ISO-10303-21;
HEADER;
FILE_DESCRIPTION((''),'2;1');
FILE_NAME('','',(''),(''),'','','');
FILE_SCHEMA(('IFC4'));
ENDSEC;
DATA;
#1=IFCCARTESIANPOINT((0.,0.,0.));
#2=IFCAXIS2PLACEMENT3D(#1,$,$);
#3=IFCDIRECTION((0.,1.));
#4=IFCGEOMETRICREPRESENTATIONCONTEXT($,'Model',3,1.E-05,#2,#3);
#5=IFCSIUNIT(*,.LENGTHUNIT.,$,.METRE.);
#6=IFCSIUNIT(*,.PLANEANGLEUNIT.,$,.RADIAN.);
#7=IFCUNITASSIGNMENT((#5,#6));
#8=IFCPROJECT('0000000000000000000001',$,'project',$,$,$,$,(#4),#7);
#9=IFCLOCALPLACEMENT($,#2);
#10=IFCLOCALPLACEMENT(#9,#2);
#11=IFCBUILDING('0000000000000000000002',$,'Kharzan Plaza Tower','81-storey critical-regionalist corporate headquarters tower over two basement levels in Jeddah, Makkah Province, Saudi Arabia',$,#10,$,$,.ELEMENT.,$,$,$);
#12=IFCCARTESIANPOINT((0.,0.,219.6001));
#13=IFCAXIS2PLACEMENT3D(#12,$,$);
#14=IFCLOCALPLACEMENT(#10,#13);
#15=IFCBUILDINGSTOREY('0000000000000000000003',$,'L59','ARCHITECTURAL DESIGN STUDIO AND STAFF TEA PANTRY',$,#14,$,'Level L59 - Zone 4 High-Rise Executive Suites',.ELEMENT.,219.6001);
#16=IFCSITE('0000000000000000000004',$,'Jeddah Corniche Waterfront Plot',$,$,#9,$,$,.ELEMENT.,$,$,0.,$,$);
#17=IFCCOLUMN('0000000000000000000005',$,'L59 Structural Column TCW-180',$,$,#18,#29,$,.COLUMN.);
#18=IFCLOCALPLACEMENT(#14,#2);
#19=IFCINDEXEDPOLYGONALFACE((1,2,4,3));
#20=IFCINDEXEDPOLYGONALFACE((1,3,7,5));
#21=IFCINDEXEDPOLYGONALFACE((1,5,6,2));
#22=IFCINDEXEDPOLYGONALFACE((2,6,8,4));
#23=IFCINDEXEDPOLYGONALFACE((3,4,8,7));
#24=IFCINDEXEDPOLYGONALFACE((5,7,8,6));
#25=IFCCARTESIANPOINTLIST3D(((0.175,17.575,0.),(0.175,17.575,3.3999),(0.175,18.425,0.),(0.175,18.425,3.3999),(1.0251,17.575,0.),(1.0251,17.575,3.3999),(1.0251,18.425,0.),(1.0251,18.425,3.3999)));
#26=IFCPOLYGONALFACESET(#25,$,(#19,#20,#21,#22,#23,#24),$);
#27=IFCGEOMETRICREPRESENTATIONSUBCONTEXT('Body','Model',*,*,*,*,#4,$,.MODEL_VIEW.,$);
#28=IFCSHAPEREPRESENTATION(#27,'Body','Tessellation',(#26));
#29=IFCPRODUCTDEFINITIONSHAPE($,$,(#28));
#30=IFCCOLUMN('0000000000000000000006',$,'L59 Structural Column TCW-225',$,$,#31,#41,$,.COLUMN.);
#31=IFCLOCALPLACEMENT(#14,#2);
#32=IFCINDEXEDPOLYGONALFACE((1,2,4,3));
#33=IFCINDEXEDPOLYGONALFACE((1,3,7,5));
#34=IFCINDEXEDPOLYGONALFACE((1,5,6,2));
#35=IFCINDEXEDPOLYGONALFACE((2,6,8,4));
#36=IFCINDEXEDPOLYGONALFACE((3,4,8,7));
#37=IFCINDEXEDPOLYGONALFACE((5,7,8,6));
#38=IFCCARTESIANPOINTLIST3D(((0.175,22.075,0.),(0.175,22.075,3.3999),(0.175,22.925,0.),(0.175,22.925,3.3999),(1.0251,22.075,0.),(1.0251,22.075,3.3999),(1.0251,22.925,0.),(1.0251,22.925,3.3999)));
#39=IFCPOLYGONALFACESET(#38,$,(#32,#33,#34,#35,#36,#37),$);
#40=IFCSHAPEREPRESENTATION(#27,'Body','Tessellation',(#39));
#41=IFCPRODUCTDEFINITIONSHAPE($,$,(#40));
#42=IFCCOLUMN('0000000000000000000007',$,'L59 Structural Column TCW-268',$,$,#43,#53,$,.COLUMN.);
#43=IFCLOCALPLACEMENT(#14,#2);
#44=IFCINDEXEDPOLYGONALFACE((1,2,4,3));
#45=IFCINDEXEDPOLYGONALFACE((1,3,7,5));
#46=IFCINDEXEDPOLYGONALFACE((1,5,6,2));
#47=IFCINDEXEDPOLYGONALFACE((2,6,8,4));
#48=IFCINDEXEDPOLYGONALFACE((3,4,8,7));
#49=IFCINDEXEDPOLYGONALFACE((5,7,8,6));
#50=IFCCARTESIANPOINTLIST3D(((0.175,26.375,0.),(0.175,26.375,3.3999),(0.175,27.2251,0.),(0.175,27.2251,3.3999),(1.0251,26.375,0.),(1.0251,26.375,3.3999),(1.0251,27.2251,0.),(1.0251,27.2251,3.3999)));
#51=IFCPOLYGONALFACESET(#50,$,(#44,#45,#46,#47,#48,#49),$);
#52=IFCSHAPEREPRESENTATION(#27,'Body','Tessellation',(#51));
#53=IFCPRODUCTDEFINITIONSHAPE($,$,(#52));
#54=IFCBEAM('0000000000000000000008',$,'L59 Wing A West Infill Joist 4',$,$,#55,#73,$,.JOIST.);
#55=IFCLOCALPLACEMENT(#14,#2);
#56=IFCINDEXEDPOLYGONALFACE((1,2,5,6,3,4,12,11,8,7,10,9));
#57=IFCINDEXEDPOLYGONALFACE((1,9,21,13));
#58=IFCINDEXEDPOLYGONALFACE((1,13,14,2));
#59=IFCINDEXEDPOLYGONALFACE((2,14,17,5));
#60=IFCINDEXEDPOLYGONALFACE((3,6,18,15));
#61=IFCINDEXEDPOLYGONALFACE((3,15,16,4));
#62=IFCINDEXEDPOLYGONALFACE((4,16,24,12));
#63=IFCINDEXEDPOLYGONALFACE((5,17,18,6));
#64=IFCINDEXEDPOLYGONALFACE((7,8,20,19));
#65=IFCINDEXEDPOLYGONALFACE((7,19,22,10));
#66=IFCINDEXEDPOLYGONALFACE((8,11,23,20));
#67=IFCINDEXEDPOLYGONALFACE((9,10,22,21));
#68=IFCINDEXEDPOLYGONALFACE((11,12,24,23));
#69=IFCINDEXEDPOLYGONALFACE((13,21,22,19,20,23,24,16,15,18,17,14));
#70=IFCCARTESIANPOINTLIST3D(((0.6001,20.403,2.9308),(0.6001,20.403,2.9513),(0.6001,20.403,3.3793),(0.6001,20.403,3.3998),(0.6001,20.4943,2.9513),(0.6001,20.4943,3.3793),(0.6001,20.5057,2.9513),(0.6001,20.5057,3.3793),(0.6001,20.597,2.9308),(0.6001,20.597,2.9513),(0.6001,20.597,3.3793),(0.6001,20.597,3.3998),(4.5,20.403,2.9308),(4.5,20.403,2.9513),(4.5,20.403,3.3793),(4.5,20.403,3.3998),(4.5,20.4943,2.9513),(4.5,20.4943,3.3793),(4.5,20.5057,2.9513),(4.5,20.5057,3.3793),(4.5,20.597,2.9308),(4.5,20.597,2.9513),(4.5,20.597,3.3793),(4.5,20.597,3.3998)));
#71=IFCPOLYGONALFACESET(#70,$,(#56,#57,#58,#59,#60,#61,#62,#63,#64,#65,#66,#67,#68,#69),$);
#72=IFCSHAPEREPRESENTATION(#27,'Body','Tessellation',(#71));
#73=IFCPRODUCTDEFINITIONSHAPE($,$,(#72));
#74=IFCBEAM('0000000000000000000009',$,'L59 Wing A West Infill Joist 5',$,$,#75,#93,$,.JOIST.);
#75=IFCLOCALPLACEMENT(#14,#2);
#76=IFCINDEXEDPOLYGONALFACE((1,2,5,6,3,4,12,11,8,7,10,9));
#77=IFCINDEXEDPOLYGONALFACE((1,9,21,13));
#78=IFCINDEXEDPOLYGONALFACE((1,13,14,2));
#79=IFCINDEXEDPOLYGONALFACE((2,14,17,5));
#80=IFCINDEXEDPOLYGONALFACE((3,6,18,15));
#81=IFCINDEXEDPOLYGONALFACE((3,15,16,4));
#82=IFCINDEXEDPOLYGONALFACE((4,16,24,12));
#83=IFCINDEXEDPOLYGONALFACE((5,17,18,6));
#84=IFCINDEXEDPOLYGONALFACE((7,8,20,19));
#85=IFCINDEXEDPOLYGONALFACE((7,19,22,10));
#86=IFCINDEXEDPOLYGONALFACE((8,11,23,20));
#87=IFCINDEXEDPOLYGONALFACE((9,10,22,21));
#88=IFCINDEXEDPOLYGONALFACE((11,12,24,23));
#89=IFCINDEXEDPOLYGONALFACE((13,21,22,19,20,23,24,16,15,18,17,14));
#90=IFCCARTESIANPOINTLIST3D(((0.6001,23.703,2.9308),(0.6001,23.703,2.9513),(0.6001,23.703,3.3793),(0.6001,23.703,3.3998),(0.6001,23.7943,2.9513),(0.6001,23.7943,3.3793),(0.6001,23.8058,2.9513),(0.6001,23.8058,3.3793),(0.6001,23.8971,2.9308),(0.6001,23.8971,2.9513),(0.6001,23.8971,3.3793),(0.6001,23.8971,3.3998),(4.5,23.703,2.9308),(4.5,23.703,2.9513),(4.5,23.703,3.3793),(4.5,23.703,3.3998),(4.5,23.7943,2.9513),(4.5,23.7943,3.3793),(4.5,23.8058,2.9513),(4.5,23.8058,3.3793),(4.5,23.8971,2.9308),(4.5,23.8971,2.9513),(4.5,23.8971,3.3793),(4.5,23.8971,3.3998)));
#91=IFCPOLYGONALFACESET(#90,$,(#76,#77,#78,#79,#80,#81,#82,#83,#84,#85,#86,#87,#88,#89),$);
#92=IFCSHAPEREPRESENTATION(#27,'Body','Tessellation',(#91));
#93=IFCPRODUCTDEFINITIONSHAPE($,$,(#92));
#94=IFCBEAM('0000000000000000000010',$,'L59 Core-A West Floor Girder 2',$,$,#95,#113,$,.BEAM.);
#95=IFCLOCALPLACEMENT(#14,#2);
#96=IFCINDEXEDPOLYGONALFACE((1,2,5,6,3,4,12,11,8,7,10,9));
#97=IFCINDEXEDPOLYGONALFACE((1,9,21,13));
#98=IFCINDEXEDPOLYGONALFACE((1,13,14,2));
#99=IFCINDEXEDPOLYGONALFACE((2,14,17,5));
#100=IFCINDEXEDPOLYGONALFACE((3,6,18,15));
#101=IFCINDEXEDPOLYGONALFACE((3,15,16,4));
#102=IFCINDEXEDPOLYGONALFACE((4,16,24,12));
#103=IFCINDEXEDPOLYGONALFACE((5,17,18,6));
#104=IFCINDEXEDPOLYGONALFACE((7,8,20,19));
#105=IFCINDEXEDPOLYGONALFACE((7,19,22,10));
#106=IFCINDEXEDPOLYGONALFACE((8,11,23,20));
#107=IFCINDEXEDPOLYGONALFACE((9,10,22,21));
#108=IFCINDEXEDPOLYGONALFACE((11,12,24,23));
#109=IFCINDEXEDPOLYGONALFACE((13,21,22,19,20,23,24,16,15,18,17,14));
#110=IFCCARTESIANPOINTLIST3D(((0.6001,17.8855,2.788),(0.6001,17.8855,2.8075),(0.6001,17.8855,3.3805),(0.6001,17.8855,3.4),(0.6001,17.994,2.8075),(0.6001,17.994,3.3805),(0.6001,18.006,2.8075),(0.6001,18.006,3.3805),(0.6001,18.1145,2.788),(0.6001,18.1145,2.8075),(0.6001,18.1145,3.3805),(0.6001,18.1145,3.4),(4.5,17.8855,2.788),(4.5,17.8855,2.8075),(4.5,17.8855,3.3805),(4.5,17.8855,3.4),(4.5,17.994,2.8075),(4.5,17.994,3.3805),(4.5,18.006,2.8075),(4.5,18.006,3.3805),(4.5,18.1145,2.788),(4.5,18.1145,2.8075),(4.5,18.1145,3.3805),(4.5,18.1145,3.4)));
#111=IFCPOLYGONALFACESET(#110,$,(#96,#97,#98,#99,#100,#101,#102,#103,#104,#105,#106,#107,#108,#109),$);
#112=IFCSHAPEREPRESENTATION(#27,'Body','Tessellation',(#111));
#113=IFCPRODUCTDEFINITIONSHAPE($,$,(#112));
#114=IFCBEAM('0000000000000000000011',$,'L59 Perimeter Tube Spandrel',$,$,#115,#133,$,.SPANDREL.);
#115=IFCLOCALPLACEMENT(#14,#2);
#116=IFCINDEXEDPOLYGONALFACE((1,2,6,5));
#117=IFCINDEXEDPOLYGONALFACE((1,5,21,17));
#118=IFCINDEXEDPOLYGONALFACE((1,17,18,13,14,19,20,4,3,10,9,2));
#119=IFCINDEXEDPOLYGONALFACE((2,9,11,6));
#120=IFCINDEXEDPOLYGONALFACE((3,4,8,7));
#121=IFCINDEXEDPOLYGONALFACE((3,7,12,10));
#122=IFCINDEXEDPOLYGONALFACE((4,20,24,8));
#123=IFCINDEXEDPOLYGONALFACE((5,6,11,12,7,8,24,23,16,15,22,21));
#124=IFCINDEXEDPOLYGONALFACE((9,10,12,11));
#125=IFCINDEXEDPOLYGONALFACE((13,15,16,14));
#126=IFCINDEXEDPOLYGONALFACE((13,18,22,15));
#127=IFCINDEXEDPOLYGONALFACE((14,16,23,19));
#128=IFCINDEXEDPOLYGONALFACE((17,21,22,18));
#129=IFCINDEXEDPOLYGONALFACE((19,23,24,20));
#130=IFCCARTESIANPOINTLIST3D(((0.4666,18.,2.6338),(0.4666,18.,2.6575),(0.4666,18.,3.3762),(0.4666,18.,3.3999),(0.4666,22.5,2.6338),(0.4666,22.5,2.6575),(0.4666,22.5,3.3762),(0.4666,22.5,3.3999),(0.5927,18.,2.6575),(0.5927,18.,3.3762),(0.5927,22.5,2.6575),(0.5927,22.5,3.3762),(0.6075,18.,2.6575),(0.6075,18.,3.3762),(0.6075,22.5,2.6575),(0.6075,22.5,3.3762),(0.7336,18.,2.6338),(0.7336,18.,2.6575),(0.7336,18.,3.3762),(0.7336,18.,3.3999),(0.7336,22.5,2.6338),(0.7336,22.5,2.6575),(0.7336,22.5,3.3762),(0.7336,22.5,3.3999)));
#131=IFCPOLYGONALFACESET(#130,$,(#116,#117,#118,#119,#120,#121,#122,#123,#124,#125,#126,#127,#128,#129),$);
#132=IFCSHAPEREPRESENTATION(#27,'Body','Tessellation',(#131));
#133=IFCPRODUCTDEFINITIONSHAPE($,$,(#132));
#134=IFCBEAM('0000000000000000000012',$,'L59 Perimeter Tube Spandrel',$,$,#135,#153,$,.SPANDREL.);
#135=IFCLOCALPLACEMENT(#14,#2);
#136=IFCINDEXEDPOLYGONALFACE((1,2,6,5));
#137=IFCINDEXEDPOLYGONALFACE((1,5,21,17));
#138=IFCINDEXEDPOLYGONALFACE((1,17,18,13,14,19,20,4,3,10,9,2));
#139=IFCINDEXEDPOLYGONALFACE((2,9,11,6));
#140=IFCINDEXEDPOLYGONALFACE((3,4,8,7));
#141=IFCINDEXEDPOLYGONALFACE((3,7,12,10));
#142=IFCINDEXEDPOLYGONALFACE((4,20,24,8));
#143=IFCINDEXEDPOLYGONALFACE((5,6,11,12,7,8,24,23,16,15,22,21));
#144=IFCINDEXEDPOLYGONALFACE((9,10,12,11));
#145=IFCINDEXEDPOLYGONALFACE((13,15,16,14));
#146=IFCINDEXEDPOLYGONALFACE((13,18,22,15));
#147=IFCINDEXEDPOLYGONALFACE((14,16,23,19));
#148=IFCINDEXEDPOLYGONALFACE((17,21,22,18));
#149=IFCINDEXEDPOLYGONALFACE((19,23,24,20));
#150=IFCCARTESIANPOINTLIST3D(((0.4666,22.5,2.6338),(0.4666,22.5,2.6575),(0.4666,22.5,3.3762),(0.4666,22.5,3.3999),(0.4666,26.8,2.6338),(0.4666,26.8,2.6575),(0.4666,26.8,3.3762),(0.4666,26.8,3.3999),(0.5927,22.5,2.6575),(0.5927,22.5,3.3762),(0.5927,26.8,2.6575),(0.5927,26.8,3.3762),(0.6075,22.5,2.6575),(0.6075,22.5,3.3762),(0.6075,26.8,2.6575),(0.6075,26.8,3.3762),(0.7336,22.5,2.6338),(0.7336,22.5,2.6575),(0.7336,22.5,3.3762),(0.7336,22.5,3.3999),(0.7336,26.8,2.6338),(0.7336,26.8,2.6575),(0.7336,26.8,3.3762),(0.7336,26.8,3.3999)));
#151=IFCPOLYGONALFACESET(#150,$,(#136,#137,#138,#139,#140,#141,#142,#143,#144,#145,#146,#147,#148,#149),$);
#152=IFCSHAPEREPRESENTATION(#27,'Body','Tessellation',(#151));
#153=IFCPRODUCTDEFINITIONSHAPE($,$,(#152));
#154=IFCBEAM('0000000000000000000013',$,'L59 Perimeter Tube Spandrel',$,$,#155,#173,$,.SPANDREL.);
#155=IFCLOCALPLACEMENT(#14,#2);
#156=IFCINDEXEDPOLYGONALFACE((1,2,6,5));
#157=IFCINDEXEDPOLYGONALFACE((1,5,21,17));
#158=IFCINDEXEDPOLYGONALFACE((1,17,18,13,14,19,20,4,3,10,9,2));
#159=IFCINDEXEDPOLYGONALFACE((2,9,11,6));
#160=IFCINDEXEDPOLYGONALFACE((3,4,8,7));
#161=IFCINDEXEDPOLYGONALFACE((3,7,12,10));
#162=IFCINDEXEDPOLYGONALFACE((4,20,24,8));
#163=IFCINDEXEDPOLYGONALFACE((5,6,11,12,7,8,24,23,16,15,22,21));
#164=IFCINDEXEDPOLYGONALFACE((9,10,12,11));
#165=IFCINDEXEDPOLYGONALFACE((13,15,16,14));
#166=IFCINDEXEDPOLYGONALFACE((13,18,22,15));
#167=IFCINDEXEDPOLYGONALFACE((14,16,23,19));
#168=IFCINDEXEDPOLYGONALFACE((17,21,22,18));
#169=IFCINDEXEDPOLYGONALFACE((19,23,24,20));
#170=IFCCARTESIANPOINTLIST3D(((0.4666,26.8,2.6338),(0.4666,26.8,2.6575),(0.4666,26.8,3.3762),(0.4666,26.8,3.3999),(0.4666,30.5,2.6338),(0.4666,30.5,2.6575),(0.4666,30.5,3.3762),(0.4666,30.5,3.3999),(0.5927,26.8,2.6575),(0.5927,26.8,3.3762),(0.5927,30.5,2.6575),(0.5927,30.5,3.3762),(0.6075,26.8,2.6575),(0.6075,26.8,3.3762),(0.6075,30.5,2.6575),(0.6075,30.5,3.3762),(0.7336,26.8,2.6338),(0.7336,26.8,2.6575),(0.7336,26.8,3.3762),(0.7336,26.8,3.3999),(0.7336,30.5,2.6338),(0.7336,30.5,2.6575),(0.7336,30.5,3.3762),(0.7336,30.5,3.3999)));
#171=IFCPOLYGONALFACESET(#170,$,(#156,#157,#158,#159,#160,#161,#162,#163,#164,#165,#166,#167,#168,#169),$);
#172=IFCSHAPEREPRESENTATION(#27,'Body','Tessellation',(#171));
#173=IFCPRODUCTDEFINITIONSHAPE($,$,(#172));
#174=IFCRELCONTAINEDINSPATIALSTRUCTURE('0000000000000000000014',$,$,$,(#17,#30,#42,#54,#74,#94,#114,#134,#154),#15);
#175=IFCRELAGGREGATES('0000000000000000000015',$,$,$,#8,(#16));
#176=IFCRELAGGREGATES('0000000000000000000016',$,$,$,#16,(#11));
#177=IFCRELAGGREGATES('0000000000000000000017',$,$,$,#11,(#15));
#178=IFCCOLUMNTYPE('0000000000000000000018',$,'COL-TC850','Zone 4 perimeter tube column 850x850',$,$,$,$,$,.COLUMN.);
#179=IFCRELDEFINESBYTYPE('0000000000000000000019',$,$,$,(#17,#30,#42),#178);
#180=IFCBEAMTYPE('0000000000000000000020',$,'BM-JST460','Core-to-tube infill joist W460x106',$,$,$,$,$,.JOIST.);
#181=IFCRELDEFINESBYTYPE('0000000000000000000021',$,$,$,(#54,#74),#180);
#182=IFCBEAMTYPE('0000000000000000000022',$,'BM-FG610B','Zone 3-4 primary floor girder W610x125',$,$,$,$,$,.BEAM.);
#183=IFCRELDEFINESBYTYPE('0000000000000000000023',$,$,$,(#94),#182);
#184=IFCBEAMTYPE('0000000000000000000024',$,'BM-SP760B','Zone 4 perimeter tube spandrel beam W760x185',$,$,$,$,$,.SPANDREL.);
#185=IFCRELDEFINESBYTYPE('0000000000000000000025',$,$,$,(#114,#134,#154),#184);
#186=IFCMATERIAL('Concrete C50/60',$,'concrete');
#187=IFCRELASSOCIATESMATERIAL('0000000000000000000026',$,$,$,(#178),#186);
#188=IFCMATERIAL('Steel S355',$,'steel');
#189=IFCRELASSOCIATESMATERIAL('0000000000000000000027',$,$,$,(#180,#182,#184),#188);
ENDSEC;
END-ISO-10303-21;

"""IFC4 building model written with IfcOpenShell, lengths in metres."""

from ifc_helpers import new_model, si_unit, direction, frame, origin, origin_2d, place, context, subcontext, project, spatial, rectangle, i_section, extrude, source, transform, mapped, material, material_profile, profile_set, type_object, element, save


model = new_model("IFC4")

# Units and contexts
model_context = context("Model", 3, precision=1e-05, world=origin(), true_north=direction((0.0, 1.0)))
body_context = subcontext(model_context, "Body", "Model", "MODEL_VIEW")
ifc_project = project(units=[si_unit("LENGTHUNIT", "METRE"), si_unit("PLANEANGLEUNIT", "RADIAN")], contexts=[model_context])

# Site, building, storey
site_placement = place(None, origin())
site = spatial("IfcSite", under=ifc_project, at=site_placement, Name="Jeddah Corniche Waterfront Plot", CompositionType="ELEMENT", RefElevation=0.0)
building_placement = place(site_placement, origin())
building = spatial("IfcBuilding", under=site, at=building_placement, Name="Kharzan Plaza Tower", Description="81-storey critical-regionalist corporate headquarters tower over two basement levels in Jeddah, Makkah Province, Saudi Arabia", CompositionType="ELEMENT")
storey_placement = place(building_placement, frame((0.0, 0.0, 219.6001)))
storey = spatial("IfcBuildingStorey", under=building, at=storey_placement, Name="L59", Description="ARCHITECTURAL DESIGN STUDIO AND STAFF TEA PANTRY", LongName="Level L59 - Zone 4 High-Rise Executive Suites", CompositionType="ELEMENT", Elevation=219.6001)

# Columns
ifc_material_1 = material(Name="Concrete C50/60", Category="concrete")
ifc_material_profile_1 = material_profile(ifc_material_1, rectangle(XDim=0.8501, YDim=0.8501, at=origin_2d()), Name="RC-TC850x850")
ifc_profile_set_1 = profile_set([ifc_material_profile_1], Name="Concrete C50/60")
column_type = type_object("IfcColumnType", Name="COL-TC850", Description="Zone 4 perimeter tube column 850x850", PredefinedType="COLUMN", material=ifc_profile_set_1)
shared_shape_1 = source(origin(), body_context, "Body", "SweptSolid", [
    extrude(rectangle(XDim=0.8501, YDim=0.8501, at=origin_2d()), origin(), (0.0, 0.0, 1.0), 3.3999),
])
for number, where, z_axis, x_axis, name in (
    (1, (0.6001, 18.0, 0.0), (0.0, 0.0, 1.0), (1.0, 0.0, 0.0), "L59 Structural Column TCW-180"),
    (2, (0.6001, 22.5, 0.0), (0.0, 0.0, 1.0), (1.0, 0.0, 0.0), "L59 Structural Column TCW-225"),
    (3, (0.6001, 26.8, 0.0), (0.0, 0.0, 1.0), (1.0, 0.0, 0.0), "L59 Structural Column TCW-268"),
):
    element("IfcColumn", number, at=place(storey_placement, frame(where, z_axis=z_axis, x_axis=x_axis)), inside=storey, type_object=column_type, Name=name, PredefinedType="COLUMN", context=body_context, shape_type="MappedRepresentation", body=[
        mapped(shared_shape_1, transform((0.0, 0.0, 0.0), x_axis=(1.0, 0.0, 0.0), y_axis=(0.0, 1.0, 0.0), z_axis=(0.0, 0.0, 1.0))),
    ])

# Beams
ifc_material_2 = material(Name="Steel S355", Category="steel")
ifc_material_profile_2 = material_profile(ifc_material_2, i_section(OverallWidth=0.1941, OverallDepth=0.469, WebThickness=0.0115, FlangeThickness=0.0205, at=origin_2d()), Name="W460x106")
ifc_profile_set_2 = profile_set([ifc_material_profile_2], Name="Steel S355")
beam_type_1 = type_object("IfcBeamType", Name="BM-JST460", Description="Core-to-tube infill joist W460x106", PredefinedType="JOIST", material=ifc_profile_set_2)
shared_shape_2 = source(origin(), body_context, "Body", "SweptSolid", [
    extrude(i_section(OverallWidth=0.1941, OverallDepth=0.469, WebThickness=0.0115, FlangeThickness=0.0205, at=origin_2d()), origin(), (0.0, 0.0, 1.0), 3.8999),
])
for number, where, z_axis, x_axis, name in (
    (4, (0.6001, 20.5, 3.1653), (1.0, 0.0, 0.0), (0.0, 1.0, 0.0), "L59 Wing A West Infill Joist 4"),
    (5, (0.6001, 23.8, 3.1653), (1.0, 0.0, 0.0), (0.0, 1.0, 0.0), "L59 Wing A West Infill Joist 5"),
):
    element("IfcBeam", number, at=place(storey_placement, frame(where, z_axis=z_axis, x_axis=x_axis)), inside=storey, type_object=beam_type_1, Name=name, PredefinedType="JOIST", context=body_context, shape_type="MappedRepresentation", body=[
        mapped(shared_shape_2, transform((0.0, 0.0, 0.0), x_axis=(1.0, 0.0, 0.0), y_axis=(0.0, 1.0, 0.0), z_axis=(0.0, 0.0, 1.0))),
    ])
ifc_material_profile_3 = material_profile(ifc_material_2, i_section(OverallWidth=0.229, OverallDepth=0.6121, WebThickness=0.012, FlangeThickness=0.0195, at=origin_2d()), Name="W610x125")
ifc_profile_set_3 = profile_set([ifc_material_profile_3], Name="Steel S355")
beam_type_2 = type_object("IfcBeamType", Name="BM-FG610B", Description="Zone 3-4 primary floor girder W610x125", PredefinedType="BEAM", material=ifc_profile_set_3)
shared_shape_3 = source(origin(), body_context, "Body", "SweptSolid", [
    extrude(i_section(OverallWidth=0.229, OverallDepth=0.6121, WebThickness=0.012, FlangeThickness=0.0195, at=origin_2d()), origin(), (0.0, 0.0, 1.0), 3.8999),
])
beam_1_placement = place(storey_placement, frame((0.6001, 18.0, 3.094), z_axis=(1.0, 0.0, 0.0), x_axis=(0.0, 1.0, 0.0)))
element("IfcBeam", 6, at=beam_1_placement, inside=storey, type_object=beam_type_2, Name="L59 Core-A West Floor Girder 2", PredefinedType="BEAM", context=body_context, shape_type="MappedRepresentation", body=[
    mapped(shared_shape_3, transform((0.0, 0.0, 0.0), x_axis=(1.0, 0.0, 0.0), y_axis=(0.0, 1.0, 0.0), z_axis=(0.0, 0.0, 1.0))),
])
ifc_material_profile_4 = material_profile(ifc_material_2, i_section(OverallWidth=0.2671, OverallDepth=0.7661, WebThickness=0.0149, FlangeThickness=0.0237, at=origin_2d()), Name="W760x185")
ifc_profile_set_4 = profile_set([ifc_material_profile_4], Name="Steel S355")
beam_type_3 = type_object("IfcBeamType", Name="BM-SP760B", Description="Zone 4 perimeter tube spandrel beam W760x185", PredefinedType="SPANDREL", material=ifc_profile_set_4)
shared_shape_4 = source(origin(), body_context, "Body", "SweptSolid", [
    extrude(i_section(OverallWidth=0.2671, OverallDepth=0.7661, WebThickness=0.0149, FlangeThickness=0.0237, at=origin_2d()), origin(), (0.0, 0.0, 1.0), 4.5),
])
beam_2_placement = place(storey_placement, frame((0.6001, 18.0, 3.0168), z_axis=(0.0, 1.0, 0.0), x_axis=(-1.0, 0.0, 0.0)))
element("IfcBeam", 7, at=beam_2_placement, inside=storey, type_object=beam_type_3, Name="L59 Perimeter Tube Spandrel", PredefinedType="SPANDREL", context=body_context, shape_type="MappedRepresentation", body=[
    mapped(shared_shape_4, transform((0.0, 0.0, 0.0), x_axis=(1.0, 0.0, 0.0), y_axis=(0.0, 1.0, 0.0), z_axis=(0.0, 0.0, 1.0))),
])
shared_shape_5 = source(origin(), body_context, "Body", "SweptSolid", [
    extrude(i_section(OverallWidth=0.2671, OverallDepth=0.7661, WebThickness=0.0149, FlangeThickness=0.0237, at=origin_2d()), origin(), (0.0, 0.0, 1.0), 4.3),
])
beam_3_placement = place(storey_placement, frame((0.6001, 22.5, 3.0168), z_axis=(0.0, 1.0, 0.0), x_axis=(-1.0, 0.0, 0.0)))
element("IfcBeam", 8, at=beam_3_placement, inside=storey, type_object=beam_type_3, Name="L59 Perimeter Tube Spandrel", PredefinedType="SPANDREL", context=body_context, shape_type="MappedRepresentation", body=[
    mapped(shared_shape_5, transform((0.0, 0.0, 0.0), x_axis=(1.0, 0.0, 0.0), y_axis=(0.0, 1.0, 0.0), z_axis=(0.0, 0.0, 1.0))),
])
shared_shape_6 = source(origin(), body_context, "Body", "SweptSolid", [
    extrude(i_section(OverallWidth=0.2671, OverallDepth=0.7661, WebThickness=0.0149, FlangeThickness=0.0237, at=origin_2d()), origin(), (0.0, 0.0, 1.0), 3.7),
])
beam_4_placement = place(storey_placement, frame((0.6001, 26.8, 3.0168), z_axis=(0.0, 1.0, 0.0), x_axis=(-1.0, 0.0, 0.0)))
element("IfcBeam", 9, at=beam_4_placement, inside=storey, type_object=beam_type_3, Name="L59 Perimeter Tube Spandrel", PredefinedType="SPANDREL", context=body_context, shape_type="MappedRepresentation", body=[
    mapped(shared_shape_6, transform((0.0, 0.0, 0.0), x_axis=(1.0, 0.0, 0.0), y_axis=(0.0, 1.0, 0.0), z_axis=(0.0, 0.0, 1.0))),
])

save(model, "model.ifc")
